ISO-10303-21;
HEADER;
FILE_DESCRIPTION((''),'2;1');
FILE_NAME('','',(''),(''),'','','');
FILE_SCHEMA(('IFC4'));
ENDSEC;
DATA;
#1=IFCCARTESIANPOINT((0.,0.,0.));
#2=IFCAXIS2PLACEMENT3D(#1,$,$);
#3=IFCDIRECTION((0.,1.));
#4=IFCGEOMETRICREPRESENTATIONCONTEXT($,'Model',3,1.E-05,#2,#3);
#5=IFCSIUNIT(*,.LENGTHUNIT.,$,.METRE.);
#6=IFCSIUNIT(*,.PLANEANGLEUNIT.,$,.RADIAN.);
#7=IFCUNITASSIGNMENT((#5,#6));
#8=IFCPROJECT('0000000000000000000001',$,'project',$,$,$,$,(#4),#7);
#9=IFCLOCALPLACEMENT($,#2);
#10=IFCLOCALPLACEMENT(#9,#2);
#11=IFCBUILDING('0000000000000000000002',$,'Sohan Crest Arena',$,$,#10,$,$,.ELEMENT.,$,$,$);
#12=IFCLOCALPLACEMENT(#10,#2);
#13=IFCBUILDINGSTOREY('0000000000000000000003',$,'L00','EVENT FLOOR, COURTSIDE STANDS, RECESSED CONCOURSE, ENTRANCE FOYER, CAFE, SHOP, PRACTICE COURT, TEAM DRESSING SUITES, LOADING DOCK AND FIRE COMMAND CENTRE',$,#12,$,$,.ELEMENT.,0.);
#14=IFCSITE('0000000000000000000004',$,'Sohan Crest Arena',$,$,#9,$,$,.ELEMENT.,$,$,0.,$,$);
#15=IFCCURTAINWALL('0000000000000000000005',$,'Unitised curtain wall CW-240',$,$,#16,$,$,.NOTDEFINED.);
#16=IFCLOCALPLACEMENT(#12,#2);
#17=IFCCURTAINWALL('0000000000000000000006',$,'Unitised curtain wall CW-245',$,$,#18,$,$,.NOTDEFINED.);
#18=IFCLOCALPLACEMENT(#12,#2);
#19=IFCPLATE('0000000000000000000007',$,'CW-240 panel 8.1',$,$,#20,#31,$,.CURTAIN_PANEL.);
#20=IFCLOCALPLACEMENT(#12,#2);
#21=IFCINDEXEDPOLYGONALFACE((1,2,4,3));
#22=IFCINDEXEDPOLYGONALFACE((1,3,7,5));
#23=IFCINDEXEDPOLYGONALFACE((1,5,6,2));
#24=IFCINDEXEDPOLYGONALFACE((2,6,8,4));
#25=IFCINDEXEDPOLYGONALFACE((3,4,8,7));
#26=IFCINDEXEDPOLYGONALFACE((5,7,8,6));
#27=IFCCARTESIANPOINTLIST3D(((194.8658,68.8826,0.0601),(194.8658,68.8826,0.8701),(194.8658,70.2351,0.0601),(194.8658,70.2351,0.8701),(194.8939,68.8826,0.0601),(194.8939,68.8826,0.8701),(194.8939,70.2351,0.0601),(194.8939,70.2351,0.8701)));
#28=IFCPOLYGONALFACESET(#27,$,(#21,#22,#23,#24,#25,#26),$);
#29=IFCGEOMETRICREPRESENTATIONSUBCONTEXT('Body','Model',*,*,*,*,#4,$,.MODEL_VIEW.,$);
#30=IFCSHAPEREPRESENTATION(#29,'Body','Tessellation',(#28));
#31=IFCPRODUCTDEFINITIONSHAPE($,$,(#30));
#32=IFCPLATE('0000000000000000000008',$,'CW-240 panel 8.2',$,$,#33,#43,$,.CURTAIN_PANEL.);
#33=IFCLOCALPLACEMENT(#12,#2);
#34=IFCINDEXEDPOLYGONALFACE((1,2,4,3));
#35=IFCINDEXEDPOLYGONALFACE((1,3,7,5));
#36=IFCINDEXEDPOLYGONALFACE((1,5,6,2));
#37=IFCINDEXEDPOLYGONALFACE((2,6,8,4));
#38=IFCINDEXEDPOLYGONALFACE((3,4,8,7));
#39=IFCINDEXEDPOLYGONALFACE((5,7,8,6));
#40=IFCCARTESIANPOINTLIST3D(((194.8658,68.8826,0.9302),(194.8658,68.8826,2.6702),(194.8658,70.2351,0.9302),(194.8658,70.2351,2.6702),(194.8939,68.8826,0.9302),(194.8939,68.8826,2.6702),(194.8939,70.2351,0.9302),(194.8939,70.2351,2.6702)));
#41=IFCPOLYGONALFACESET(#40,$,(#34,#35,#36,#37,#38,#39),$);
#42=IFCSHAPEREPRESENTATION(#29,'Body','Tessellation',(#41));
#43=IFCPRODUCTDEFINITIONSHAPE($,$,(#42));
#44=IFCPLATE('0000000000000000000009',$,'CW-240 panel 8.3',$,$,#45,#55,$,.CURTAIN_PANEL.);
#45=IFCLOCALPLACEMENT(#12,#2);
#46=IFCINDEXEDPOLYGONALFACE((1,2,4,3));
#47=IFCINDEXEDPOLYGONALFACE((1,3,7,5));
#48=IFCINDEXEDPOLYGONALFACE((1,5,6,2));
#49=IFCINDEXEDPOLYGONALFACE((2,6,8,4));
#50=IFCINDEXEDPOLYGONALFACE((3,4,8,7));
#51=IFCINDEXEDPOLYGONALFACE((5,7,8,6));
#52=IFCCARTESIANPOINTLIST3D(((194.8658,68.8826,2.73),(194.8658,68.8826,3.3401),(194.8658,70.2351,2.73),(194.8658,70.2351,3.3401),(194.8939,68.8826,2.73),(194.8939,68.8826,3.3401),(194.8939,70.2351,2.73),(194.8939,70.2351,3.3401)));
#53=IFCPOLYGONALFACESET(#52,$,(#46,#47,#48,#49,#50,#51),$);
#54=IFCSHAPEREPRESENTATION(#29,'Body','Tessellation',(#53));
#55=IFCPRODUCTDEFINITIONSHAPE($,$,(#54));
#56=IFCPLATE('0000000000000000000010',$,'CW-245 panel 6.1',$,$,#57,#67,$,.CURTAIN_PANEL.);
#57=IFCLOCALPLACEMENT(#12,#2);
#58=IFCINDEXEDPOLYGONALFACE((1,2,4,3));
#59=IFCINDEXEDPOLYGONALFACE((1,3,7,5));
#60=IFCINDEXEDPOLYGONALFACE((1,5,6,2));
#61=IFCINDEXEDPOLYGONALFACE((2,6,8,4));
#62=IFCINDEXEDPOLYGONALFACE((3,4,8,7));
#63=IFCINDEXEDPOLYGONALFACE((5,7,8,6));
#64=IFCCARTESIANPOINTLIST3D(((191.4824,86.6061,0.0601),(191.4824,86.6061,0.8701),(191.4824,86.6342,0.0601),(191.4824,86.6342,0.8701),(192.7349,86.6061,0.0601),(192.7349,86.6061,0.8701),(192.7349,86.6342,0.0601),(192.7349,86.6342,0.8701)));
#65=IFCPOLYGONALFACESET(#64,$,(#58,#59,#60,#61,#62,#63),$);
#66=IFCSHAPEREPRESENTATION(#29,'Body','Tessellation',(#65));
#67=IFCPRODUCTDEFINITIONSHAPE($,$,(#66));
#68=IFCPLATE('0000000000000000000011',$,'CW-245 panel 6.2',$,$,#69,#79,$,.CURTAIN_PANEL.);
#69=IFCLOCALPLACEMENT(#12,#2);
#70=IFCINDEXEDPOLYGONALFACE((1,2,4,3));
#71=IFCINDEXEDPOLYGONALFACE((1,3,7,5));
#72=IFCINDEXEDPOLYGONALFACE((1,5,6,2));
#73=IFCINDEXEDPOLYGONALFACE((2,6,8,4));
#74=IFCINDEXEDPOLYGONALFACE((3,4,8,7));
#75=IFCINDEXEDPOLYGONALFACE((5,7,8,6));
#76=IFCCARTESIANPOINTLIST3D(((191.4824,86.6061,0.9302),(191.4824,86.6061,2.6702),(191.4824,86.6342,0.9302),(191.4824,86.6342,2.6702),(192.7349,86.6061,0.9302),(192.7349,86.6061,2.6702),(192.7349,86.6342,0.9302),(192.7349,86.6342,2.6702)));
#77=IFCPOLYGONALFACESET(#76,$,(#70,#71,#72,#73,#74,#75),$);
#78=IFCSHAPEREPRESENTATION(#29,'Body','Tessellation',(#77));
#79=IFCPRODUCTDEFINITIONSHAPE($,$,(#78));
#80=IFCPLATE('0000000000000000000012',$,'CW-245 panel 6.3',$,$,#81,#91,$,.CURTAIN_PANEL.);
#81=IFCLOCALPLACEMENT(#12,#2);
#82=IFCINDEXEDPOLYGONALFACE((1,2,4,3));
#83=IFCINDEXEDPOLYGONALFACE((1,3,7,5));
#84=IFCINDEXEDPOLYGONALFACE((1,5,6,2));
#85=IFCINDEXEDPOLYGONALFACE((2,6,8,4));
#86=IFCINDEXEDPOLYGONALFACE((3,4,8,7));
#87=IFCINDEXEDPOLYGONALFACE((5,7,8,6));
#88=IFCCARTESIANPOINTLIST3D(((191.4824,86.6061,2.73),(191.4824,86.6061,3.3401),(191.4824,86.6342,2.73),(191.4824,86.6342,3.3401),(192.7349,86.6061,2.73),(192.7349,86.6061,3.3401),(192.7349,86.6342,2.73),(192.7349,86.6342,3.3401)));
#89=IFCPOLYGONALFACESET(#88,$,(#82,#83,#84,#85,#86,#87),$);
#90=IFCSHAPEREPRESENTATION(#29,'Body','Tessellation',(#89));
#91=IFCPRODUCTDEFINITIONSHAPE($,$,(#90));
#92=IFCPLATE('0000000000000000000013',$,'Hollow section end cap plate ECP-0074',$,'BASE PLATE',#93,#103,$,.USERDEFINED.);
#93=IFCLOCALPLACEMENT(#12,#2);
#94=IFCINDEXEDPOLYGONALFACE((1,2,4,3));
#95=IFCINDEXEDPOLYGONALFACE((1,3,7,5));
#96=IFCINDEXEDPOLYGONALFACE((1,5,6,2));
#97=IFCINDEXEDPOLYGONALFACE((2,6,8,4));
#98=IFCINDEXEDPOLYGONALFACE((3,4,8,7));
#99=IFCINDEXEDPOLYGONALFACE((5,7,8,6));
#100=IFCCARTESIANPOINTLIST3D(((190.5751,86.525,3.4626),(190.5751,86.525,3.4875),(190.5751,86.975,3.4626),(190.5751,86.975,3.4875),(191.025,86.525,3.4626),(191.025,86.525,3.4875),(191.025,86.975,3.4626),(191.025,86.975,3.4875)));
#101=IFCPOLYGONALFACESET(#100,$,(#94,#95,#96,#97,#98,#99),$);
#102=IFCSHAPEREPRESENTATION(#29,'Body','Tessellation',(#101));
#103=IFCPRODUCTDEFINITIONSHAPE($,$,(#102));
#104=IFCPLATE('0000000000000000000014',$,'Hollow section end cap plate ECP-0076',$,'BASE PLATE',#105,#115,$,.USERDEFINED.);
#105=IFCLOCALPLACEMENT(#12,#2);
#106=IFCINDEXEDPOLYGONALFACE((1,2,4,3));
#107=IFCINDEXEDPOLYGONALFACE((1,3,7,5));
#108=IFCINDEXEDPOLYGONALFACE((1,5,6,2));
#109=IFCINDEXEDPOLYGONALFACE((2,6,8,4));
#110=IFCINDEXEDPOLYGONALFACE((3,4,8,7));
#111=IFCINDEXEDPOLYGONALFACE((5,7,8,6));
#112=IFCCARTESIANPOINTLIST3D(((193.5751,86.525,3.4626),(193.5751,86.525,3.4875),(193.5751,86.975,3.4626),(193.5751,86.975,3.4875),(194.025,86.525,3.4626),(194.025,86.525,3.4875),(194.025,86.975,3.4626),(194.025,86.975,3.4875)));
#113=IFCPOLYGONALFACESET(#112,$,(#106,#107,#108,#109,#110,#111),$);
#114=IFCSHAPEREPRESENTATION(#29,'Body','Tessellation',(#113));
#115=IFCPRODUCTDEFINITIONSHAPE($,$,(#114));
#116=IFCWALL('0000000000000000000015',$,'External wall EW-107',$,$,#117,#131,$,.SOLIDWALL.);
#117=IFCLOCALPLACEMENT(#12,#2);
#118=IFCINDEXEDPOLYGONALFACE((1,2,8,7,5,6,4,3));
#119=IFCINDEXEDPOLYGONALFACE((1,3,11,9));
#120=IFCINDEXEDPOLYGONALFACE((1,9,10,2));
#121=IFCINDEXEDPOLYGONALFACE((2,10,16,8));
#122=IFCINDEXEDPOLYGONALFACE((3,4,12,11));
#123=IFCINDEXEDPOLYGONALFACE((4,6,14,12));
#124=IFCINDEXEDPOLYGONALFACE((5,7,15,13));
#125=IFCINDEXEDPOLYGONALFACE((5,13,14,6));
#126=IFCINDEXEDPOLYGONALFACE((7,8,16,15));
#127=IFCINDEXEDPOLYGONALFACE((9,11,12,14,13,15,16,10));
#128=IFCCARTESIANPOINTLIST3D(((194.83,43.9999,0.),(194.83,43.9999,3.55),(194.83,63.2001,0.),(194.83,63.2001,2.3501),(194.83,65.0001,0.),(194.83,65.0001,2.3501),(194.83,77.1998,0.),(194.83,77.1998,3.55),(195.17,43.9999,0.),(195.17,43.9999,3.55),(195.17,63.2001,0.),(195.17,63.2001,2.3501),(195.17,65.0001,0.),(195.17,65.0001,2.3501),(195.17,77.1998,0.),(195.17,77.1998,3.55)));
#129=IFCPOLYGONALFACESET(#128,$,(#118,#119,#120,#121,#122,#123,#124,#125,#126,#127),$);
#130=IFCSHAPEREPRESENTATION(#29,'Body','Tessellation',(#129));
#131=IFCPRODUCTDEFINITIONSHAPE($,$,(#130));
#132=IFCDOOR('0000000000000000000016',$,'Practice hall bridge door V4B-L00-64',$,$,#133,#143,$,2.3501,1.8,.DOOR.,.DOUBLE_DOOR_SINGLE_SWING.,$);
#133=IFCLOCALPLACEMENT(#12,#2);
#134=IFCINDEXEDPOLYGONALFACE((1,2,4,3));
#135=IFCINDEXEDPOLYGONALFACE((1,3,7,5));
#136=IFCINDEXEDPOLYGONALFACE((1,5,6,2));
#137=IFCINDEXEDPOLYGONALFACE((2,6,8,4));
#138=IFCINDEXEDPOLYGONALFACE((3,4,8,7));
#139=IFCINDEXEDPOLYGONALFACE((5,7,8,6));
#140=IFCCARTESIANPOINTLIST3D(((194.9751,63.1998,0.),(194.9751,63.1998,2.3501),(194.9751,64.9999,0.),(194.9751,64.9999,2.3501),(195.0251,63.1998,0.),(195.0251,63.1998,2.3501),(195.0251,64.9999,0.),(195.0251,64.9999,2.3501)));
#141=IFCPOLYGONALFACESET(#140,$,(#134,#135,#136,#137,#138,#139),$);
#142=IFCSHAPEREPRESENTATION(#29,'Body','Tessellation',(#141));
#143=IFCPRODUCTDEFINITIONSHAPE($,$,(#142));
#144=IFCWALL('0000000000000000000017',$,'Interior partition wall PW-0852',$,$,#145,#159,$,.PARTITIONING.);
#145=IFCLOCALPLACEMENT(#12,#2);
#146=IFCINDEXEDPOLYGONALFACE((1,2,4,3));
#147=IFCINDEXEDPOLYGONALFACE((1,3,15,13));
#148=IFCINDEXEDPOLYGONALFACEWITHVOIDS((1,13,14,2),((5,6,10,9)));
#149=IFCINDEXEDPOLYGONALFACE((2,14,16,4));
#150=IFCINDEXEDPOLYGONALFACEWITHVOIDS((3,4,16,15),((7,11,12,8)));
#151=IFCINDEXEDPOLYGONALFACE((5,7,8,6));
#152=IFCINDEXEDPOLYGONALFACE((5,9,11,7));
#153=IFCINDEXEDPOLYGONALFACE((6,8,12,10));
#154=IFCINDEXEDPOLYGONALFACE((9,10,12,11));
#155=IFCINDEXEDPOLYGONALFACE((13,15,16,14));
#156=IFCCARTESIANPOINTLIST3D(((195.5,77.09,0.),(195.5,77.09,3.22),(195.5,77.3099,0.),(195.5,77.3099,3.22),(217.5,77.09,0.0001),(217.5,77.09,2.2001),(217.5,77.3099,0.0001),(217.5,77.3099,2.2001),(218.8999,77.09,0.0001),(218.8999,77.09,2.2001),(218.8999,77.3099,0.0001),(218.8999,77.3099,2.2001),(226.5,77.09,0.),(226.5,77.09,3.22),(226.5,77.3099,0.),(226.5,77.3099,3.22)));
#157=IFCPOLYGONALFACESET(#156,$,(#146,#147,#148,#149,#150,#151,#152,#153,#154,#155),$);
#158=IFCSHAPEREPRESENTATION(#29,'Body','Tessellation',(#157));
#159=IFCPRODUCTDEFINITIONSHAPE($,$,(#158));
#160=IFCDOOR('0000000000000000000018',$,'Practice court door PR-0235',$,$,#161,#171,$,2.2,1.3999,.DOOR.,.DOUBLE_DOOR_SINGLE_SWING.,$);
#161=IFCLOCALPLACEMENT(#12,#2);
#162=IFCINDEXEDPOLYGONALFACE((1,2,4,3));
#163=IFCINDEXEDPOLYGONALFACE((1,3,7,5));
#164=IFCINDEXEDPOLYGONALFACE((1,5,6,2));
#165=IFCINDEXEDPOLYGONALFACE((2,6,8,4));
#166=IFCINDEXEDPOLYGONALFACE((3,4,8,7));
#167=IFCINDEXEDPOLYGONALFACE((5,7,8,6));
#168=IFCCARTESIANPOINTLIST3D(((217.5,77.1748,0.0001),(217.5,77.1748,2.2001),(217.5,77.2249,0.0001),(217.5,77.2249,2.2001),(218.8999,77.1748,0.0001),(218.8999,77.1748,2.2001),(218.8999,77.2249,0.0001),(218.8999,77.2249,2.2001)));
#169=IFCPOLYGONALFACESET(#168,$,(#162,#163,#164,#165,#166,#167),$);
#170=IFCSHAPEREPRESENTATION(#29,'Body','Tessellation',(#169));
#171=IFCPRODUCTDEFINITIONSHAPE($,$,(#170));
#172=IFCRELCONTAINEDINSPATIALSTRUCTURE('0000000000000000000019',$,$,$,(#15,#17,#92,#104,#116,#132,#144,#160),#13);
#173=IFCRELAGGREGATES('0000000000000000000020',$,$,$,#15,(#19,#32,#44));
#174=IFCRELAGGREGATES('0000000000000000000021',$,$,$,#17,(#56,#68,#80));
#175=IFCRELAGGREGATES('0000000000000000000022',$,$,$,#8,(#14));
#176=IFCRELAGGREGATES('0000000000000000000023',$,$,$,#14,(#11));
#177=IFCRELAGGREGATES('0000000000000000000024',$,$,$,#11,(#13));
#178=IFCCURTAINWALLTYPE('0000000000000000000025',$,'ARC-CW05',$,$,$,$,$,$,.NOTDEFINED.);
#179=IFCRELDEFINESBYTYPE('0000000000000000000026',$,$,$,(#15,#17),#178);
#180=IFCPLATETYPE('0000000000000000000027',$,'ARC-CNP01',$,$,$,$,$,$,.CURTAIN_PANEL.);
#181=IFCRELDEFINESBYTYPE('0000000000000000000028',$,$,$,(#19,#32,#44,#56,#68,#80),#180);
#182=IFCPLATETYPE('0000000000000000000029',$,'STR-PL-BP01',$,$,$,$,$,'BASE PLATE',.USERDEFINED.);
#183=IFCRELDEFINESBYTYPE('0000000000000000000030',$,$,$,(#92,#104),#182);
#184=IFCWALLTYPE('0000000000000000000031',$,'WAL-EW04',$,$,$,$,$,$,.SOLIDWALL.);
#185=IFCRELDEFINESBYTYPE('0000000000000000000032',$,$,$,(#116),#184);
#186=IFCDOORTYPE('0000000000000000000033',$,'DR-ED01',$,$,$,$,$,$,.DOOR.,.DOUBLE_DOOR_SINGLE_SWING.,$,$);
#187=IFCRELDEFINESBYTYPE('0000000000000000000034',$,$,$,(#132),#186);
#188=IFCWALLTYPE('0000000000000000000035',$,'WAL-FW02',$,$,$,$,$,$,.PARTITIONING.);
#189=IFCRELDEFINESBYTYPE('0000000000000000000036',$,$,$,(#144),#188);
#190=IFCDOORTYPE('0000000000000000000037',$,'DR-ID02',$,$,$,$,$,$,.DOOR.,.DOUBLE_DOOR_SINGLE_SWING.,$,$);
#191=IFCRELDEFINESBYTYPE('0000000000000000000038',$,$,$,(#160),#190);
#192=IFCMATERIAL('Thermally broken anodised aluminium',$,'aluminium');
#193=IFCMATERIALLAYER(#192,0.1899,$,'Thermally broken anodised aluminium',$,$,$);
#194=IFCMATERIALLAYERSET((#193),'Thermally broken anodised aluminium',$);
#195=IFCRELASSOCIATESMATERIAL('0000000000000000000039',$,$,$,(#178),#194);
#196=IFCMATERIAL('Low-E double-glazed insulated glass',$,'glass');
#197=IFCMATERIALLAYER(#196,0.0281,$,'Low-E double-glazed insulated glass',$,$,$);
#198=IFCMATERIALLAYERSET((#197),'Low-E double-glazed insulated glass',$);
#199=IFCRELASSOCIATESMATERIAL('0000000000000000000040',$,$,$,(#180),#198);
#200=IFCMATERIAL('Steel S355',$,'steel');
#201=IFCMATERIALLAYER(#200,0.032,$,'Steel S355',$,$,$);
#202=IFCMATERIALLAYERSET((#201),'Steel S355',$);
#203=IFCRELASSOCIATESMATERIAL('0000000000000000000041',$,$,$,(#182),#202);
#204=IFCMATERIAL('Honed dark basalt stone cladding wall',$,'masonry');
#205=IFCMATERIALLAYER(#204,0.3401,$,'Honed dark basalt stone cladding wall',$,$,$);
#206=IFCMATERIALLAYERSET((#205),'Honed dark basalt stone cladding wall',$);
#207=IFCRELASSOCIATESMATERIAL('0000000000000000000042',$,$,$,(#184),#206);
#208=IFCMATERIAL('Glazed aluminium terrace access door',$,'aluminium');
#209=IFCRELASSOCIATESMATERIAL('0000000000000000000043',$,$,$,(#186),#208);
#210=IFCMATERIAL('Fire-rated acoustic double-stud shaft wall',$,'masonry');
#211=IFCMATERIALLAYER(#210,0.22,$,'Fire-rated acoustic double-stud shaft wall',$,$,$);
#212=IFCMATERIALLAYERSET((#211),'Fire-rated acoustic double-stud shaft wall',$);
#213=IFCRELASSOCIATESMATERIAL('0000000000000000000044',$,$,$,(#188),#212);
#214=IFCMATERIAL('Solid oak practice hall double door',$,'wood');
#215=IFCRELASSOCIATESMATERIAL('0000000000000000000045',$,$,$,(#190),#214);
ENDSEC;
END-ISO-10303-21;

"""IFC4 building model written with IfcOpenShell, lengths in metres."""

from ifc_helpers import new_model, si_unit, direction, frame, frame_2d, origin, origin_2d, place, context, subcontext, project, spatial, rectangle, extrude, material, layer, layer_set, type_object, element, fill, aggregate, save


model = new_model("IFC4")

# Units and contexts
model_context = context("Model", 3, precision=1e-05, world=origin(), true_north=direction((0.0, 1.0)))
body_context = subcontext(model_context, "Body", "Model", "MODEL_VIEW")
ifc_project = project(units=[si_unit("LENGTHUNIT", "METRE"), si_unit("PLANEANGLEUNIT", "RADIAN")], contexts=[model_context])

# Site, building, storey
site_placement = place(None, origin())
site = spatial("IfcSite", under=ifc_project, at=site_placement, Name="Sohan Crest Arena", CompositionType="ELEMENT", RefElevation=0.0)
building_placement = place(site_placement, origin())
building = spatial("IfcBuilding", under=site, at=building_placement, Name="Sohan Crest Arena", CompositionType="ELEMENT")
storey_placement = place(building_placement, origin())
storey = spatial("IfcBuildingStorey", under=building, at=storey_placement, Name="L00", Description="EVENT FLOOR, COURTSIDE STANDS, RECESSED CONCOURSE, ENTRANCE FOYER, CAFE, SHOP, PRACTICE COURT, TEAM DRESSING SUITES, LOADING DOCK AND FIRE COMMAND CENTRE", CompositionType="ELEMENT", Elevation=0.0)

# Shared definitions
ifc_material_1 = material(Name="Steel S355", Category="steel")

# Curtain wall
ifc_material_2 = material(Name="Thermally broken anodised aluminium", Category="aluminium")
ifc_layer_1 = layer(ifc_material_2, 0.1899, Name="Thermally broken anodised aluminium")
ifc_layer_set_1 = layer_set([ifc_layer_1], Name="Thermally broken anodised aluminium")
curtain_wall_type = type_object("IfcCurtainWallType", Name="ARC-CW05", PredefinedType="NOTDEFINED", material=ifc_layer_set_1)
curtain_wall_1_placement = place(storey_placement, origin())
curtain_wall_1 = element("IfcCurtainWall", 1, at=curtain_wall_1_placement, inside=storey, type_object=curtain_wall_type, Name="Unitised curtain wall CW-240", PredefinedType="NOTDEFINED")

# Curtain wall
curtain_wall_2_placement = place(storey_placement, origin())
curtain_wall_2 = element("IfcCurtainWall", 2, at=curtain_wall_2_placement, inside=storey, type_object=curtain_wall_type, Name="Unitised curtain wall CW-245", PredefinedType="NOTDEFINED")

# Plates
ifc_material_3 = material(Name="Low-E double-glazed insulated glass", Category="glass")
ifc_layer_2 = layer(ifc_material_3, 0.0281, Name="Low-E double-glazed insulated glass")
ifc_layer_set_2 = layer_set([ifc_layer_2], Name="Low-E double-glazed insulated glass")
plate_type_1 = type_object("IfcPlateType", Name="ARC-CNP01", PredefinedType="CURTAIN_PANEL", material=ifc_layer_set_2)
plate_1_placement = place(storey_placement, frame((194.8799, 69.5588, 0.0601), z_axis=(0.0, 0.0, 1.0), x_axis=(0.0, 1.0, 0.0)))
plate_1 = element("IfcPlate", 3, at=plate_1_placement, type_object=plate_type_1, Name="CW-240 panel 8.1", PredefinedType="CURTAIN_PANEL", context=body_context, shape_type="SweptSolid", body=[
    extrude(rectangle(XDim=1.3525, YDim=0.0281, at=origin_2d()), origin(), (0.0, 0.0, 1.0), 0.8101),
])
plate_2_placement = place(storey_placement, frame((194.8799, 69.5588, 0.9302), z_axis=(0.0, 0.0, 1.0), x_axis=(0.0, 1.0, 0.0)))
plate_2 = element("IfcPlate", 4, at=plate_2_placement, type_object=plate_type_1, Name="CW-240 panel 8.2", PredefinedType="CURTAIN_PANEL", context=body_context, shape_type="SweptSolid", body=[
    extrude(rectangle(XDim=1.3525, YDim=0.0281, at=origin_2d()), origin(), (0.0, 0.0, 1.0), 1.74),
])
plate_3_placement = place(storey_placement, frame((194.8799, 69.5588, 2.73), z_axis=(0.0, 0.0, 1.0), x_axis=(0.0, 1.0, 0.0)))
plate_3 = element("IfcPlate", 5, at=plate_3_placement, type_object=plate_type_1, Name="CW-240 panel 8.3", PredefinedType="CURTAIN_PANEL", context=body_context, shape_type="SweptSolid", body=[
    extrude(rectangle(XDim=1.3525, YDim=0.0281, at=origin_2d()), origin(), (0.0, 0.0, 1.0), 0.6101),
])
aggregate(curtain_wall_1, [plate_1, plate_2, plate_3])
plate_4_placement = place(storey_placement, frame((192.1086, 86.6201, 0.0601), z_axis=(0.0, 0.0, 1.0), x_axis=(1.0, 0.0, 0.0)))
plate_4 = element("IfcPlate", 6, at=plate_4_placement, type_object=plate_type_1, Name="CW-245 panel 6.1", PredefinedType="CURTAIN_PANEL", context=body_context, shape_type="SweptSolid", body=[
    extrude(rectangle(XDim=1.2524, YDim=0.0281, at=origin_2d()), origin(), (0.0, 0.0, 1.0), 0.8101),
])
plate_5_placement = place(storey_placement, frame((192.1086, 86.6201, 0.9302), z_axis=(0.0, 0.0, 1.0), x_axis=(1.0, 0.0, 0.0)))
plate_5 = element("IfcPlate", 7, at=plate_5_placement, type_object=plate_type_1, Name="CW-245 panel 6.2", PredefinedType="CURTAIN_PANEL", context=body_context, shape_type="SweptSolid", body=[
    extrude(rectangle(XDim=1.2524, YDim=0.0281, at=origin_2d()), origin(), (0.0, 0.0, 1.0), 1.74),
])
plate_6_placement = place(storey_placement, frame((192.1086, 86.6201, 2.73), z_axis=(0.0, 0.0, 1.0), x_axis=(1.0, 0.0, 0.0)))
plate_6 = element("IfcPlate", 8, at=plate_6_placement, type_object=plate_type_1, Name="CW-245 panel 6.3", PredefinedType="CURTAIN_PANEL", context=body_context, shape_type="SweptSolid", body=[
    extrude(rectangle(XDim=1.2524, YDim=0.0281, at=origin_2d()), origin(), (0.0, 0.0, 1.0), 0.6101),
])
aggregate(curtain_wall_2, [plate_4, plate_5, plate_6])

# Plates
ifc_layer_3 = layer(ifc_material_1, 0.032, Name="Steel S355")
ifc_layer_set_3 = layer_set([ifc_layer_3], Name="Steel S355")
plate_type_2 = type_object("IfcPlateType", Name="STR-PL-BP01", ElementType="BASE PLATE", PredefinedType="USERDEFINED", material=ifc_layer_set_3)
for number, where, z_axis, x_axis, name in (
    (9, (190.8, 86.75, 3.4626), (0.0, 0.0, 1.0), (1.0, 0.0, 0.0), "Hollow section end cap plate ECP-0074"),
    (10, (193.8, 86.75, 3.4626), (0.0, 0.0, 1.0), (1.0, 0.0, 0.0), "Hollow section end cap plate ECP-0076"),
):
    element("IfcPlate", number, at=place(storey_placement, frame(where, z_axis=z_axis, x_axis=x_axis)), inside=storey, type_object=plate_type_2, Name=name, ObjectType="BASE PLATE", PredefinedType="USERDEFINED", context=body_context, shape_type="SweptSolid", body=[
        extrude(rectangle(XDim=0.45, YDim=0.45, at=origin_2d()), origin(), (0.0, 0.0, 1.0), 0.0249),
    ])

# Walls, openings, doors
ifc_material_4 = material(Name="Honed dark basalt stone cladding wall", Category="masonry")
ifc_layer_4 = layer(ifc_material_4, 0.3401, Name="Honed dark basalt stone cladding wall")
ifc_layer_set_4 = layer_set([ifc_layer_4], Name="Honed dark basalt stone cladding wall")
wall_type_1 = type_object("IfcWallType", Name="WAL-EW04", PredefinedType="SOLIDWALL", material=ifc_layer_set_4)
wall_1_placement = place(storey_placement, frame((195.0, 77.2, 0.0), z_axis=(0.0, 0.0, 1.0), x_axis=(0.0, -1.0, 0.0)))
wall_1 = element("IfcWall", 11, at=wall_1_placement, inside=storey, type_object=wall_type_1, Name="External wall EW-107", PredefinedType="SOLIDWALL", context=body_context, shape_type="SweptSolid", body=[
    extrude(rectangle(XDim=33.2, YDim=0.3401, at=frame_2d((16.6001, 0.0))), origin(), (0.0, 0.0, 1.0), 3.55),
])
opening_1_placement = place(wall_1_placement, frame((12.2, 0.0, 0.0)))
opening_1 = element("IfcOpeningElement", 12, at=opening_1_placement, cuts=wall_1, PredefinedType="OPENING", context=body_context, shape_type="SweptSolid", body=[
    extrude(rectangle(XDim=1.8, YDim=2.3501, at=frame_2d((0.8999, 1.175))), frame((0.0, 0.1799, 0.0), z_axis=(0.0, -1.0, 0.0), x_axis=(1.0, 0.0, 0.0)), (0.0, 0.0, 1.0), 0.3601),
])
ifc_material_5 = material(Name="Glazed aluminium terrace access door", Category="aluminium")
door_type_1 = type_object("IfcDoorType", Name="DR-ED01", OperationType="DOUBLE_DOOR_SINGLE_SWING", PredefinedType="DOOR", material=ifc_material_5)
door_1_placement = place(opening_1_placement, frame((1.8, 0.0, 0.0), z_axis=(0.0, 0.0, 1.0), x_axis=(-1.0, 0.0, 0.0)))
door_1 = element("IfcDoor", 13, at=door_1_placement, inside=storey, type_object=door_type_1, Name="Practice hall bridge door V4B-L00-64", OperationType="DOUBLE_DOOR_SINGLE_SWING", OverallHeight=2.3501, OverallWidth=1.8, PredefinedType="DOOR", context=body_context, shape_type="SweptSolid", body=[
    extrude(rectangle(XDim=1.8, YDim=2.3501, at=frame_2d((0.8999, 1.175))), frame((0.0, 0.0249, 0.0), z_axis=(0.0, -1.0, 0.0), x_axis=(1.0, 0.0, 0.0)), (0.0, 0.0, 1.0), 0.05),
])
fill(opening_1, door_1)
ifc_material_6 = material(Name="Fire-rated acoustic double-stud shaft wall", Category="masonry")
ifc_layer_5 = layer(ifc_material_6, 0.22, Name="Fire-rated acoustic double-stud shaft wall")
ifc_layer_set_5 = layer_set([ifc_layer_5], Name="Fire-rated acoustic double-stud shaft wall")
wall_type_2 = type_object("IfcWallType", Name="WAL-FW02", PredefinedType="PARTITIONING", material=ifc_layer_set_5)
wall_2_placement = place(storey_placement, frame((195.5, 77.2, 0.0), z_axis=(0.0, 0.0, 1.0), x_axis=(1.0, 0.0, 0.0)))
wall_2 = element("IfcWall", 14, at=wall_2_placement, inside=storey, type_object=wall_type_2, Name="Interior partition wall PW-0852", PredefinedType="PARTITIONING", context=body_context, shape_type="SweptSolid", body=[
    extrude(rectangle(XDim=31.0, YDim=0.22, at=frame_2d((15.5, 0.0))), origin(), (0.0, 0.0, 1.0), 3.22),
])
opening_2_placement = place(wall_2_placement, frame((22.0, 0.0, 0.0)))
opening_2 = element("IfcOpeningElement", 15, at=opening_2_placement, cuts=wall_2, PredefinedType="OPENING", context=body_context, shape_type="SweptSolid", body=[
    extrude(rectangle(XDim=1.3999, YDim=2.2, at=frame_2d((0.7, 1.1001))), frame((0.0, 0.1199, 0.0), z_axis=(0.0, -1.0, 0.0), x_axis=(1.0, 0.0, 0.0)), (0.0, 0.0, 1.0), 0.24),
])
ifc_material_7 = material(Name="Solid oak practice hall double door", Category="wood")
door_type_2 = type_object("IfcDoorType", Name="DR-ID02", OperationType="DOUBLE_DOOR_SINGLE_SWING", PredefinedType="DOOR", material=ifc_material_7)
door_2_placement = place(opening_2_placement, origin())
door_2 = element("IfcDoor", 16, at=door_2_placement, inside=storey, type_object=door_type_2, Name="Practice court door PR-0235", OperationType="DOUBLE_DOOR_SINGLE_SWING", OverallHeight=2.2, OverallWidth=1.3999, PredefinedType="DOOR", context=body_context, shape_type="SweptSolid", body=[
    extrude(rectangle(XDim=1.3999, YDim=2.2, at=frame_2d((0.7, 1.1001))), frame((0.0, 0.0249, 0.0), z_axis=(0.0, -1.0, 0.0), x_axis=(1.0, 0.0, 0.0)), (0.0, 0.0, 1.0), 0.05),
])
fill(opening_2, door_2)

save(model, "model.ifc")
